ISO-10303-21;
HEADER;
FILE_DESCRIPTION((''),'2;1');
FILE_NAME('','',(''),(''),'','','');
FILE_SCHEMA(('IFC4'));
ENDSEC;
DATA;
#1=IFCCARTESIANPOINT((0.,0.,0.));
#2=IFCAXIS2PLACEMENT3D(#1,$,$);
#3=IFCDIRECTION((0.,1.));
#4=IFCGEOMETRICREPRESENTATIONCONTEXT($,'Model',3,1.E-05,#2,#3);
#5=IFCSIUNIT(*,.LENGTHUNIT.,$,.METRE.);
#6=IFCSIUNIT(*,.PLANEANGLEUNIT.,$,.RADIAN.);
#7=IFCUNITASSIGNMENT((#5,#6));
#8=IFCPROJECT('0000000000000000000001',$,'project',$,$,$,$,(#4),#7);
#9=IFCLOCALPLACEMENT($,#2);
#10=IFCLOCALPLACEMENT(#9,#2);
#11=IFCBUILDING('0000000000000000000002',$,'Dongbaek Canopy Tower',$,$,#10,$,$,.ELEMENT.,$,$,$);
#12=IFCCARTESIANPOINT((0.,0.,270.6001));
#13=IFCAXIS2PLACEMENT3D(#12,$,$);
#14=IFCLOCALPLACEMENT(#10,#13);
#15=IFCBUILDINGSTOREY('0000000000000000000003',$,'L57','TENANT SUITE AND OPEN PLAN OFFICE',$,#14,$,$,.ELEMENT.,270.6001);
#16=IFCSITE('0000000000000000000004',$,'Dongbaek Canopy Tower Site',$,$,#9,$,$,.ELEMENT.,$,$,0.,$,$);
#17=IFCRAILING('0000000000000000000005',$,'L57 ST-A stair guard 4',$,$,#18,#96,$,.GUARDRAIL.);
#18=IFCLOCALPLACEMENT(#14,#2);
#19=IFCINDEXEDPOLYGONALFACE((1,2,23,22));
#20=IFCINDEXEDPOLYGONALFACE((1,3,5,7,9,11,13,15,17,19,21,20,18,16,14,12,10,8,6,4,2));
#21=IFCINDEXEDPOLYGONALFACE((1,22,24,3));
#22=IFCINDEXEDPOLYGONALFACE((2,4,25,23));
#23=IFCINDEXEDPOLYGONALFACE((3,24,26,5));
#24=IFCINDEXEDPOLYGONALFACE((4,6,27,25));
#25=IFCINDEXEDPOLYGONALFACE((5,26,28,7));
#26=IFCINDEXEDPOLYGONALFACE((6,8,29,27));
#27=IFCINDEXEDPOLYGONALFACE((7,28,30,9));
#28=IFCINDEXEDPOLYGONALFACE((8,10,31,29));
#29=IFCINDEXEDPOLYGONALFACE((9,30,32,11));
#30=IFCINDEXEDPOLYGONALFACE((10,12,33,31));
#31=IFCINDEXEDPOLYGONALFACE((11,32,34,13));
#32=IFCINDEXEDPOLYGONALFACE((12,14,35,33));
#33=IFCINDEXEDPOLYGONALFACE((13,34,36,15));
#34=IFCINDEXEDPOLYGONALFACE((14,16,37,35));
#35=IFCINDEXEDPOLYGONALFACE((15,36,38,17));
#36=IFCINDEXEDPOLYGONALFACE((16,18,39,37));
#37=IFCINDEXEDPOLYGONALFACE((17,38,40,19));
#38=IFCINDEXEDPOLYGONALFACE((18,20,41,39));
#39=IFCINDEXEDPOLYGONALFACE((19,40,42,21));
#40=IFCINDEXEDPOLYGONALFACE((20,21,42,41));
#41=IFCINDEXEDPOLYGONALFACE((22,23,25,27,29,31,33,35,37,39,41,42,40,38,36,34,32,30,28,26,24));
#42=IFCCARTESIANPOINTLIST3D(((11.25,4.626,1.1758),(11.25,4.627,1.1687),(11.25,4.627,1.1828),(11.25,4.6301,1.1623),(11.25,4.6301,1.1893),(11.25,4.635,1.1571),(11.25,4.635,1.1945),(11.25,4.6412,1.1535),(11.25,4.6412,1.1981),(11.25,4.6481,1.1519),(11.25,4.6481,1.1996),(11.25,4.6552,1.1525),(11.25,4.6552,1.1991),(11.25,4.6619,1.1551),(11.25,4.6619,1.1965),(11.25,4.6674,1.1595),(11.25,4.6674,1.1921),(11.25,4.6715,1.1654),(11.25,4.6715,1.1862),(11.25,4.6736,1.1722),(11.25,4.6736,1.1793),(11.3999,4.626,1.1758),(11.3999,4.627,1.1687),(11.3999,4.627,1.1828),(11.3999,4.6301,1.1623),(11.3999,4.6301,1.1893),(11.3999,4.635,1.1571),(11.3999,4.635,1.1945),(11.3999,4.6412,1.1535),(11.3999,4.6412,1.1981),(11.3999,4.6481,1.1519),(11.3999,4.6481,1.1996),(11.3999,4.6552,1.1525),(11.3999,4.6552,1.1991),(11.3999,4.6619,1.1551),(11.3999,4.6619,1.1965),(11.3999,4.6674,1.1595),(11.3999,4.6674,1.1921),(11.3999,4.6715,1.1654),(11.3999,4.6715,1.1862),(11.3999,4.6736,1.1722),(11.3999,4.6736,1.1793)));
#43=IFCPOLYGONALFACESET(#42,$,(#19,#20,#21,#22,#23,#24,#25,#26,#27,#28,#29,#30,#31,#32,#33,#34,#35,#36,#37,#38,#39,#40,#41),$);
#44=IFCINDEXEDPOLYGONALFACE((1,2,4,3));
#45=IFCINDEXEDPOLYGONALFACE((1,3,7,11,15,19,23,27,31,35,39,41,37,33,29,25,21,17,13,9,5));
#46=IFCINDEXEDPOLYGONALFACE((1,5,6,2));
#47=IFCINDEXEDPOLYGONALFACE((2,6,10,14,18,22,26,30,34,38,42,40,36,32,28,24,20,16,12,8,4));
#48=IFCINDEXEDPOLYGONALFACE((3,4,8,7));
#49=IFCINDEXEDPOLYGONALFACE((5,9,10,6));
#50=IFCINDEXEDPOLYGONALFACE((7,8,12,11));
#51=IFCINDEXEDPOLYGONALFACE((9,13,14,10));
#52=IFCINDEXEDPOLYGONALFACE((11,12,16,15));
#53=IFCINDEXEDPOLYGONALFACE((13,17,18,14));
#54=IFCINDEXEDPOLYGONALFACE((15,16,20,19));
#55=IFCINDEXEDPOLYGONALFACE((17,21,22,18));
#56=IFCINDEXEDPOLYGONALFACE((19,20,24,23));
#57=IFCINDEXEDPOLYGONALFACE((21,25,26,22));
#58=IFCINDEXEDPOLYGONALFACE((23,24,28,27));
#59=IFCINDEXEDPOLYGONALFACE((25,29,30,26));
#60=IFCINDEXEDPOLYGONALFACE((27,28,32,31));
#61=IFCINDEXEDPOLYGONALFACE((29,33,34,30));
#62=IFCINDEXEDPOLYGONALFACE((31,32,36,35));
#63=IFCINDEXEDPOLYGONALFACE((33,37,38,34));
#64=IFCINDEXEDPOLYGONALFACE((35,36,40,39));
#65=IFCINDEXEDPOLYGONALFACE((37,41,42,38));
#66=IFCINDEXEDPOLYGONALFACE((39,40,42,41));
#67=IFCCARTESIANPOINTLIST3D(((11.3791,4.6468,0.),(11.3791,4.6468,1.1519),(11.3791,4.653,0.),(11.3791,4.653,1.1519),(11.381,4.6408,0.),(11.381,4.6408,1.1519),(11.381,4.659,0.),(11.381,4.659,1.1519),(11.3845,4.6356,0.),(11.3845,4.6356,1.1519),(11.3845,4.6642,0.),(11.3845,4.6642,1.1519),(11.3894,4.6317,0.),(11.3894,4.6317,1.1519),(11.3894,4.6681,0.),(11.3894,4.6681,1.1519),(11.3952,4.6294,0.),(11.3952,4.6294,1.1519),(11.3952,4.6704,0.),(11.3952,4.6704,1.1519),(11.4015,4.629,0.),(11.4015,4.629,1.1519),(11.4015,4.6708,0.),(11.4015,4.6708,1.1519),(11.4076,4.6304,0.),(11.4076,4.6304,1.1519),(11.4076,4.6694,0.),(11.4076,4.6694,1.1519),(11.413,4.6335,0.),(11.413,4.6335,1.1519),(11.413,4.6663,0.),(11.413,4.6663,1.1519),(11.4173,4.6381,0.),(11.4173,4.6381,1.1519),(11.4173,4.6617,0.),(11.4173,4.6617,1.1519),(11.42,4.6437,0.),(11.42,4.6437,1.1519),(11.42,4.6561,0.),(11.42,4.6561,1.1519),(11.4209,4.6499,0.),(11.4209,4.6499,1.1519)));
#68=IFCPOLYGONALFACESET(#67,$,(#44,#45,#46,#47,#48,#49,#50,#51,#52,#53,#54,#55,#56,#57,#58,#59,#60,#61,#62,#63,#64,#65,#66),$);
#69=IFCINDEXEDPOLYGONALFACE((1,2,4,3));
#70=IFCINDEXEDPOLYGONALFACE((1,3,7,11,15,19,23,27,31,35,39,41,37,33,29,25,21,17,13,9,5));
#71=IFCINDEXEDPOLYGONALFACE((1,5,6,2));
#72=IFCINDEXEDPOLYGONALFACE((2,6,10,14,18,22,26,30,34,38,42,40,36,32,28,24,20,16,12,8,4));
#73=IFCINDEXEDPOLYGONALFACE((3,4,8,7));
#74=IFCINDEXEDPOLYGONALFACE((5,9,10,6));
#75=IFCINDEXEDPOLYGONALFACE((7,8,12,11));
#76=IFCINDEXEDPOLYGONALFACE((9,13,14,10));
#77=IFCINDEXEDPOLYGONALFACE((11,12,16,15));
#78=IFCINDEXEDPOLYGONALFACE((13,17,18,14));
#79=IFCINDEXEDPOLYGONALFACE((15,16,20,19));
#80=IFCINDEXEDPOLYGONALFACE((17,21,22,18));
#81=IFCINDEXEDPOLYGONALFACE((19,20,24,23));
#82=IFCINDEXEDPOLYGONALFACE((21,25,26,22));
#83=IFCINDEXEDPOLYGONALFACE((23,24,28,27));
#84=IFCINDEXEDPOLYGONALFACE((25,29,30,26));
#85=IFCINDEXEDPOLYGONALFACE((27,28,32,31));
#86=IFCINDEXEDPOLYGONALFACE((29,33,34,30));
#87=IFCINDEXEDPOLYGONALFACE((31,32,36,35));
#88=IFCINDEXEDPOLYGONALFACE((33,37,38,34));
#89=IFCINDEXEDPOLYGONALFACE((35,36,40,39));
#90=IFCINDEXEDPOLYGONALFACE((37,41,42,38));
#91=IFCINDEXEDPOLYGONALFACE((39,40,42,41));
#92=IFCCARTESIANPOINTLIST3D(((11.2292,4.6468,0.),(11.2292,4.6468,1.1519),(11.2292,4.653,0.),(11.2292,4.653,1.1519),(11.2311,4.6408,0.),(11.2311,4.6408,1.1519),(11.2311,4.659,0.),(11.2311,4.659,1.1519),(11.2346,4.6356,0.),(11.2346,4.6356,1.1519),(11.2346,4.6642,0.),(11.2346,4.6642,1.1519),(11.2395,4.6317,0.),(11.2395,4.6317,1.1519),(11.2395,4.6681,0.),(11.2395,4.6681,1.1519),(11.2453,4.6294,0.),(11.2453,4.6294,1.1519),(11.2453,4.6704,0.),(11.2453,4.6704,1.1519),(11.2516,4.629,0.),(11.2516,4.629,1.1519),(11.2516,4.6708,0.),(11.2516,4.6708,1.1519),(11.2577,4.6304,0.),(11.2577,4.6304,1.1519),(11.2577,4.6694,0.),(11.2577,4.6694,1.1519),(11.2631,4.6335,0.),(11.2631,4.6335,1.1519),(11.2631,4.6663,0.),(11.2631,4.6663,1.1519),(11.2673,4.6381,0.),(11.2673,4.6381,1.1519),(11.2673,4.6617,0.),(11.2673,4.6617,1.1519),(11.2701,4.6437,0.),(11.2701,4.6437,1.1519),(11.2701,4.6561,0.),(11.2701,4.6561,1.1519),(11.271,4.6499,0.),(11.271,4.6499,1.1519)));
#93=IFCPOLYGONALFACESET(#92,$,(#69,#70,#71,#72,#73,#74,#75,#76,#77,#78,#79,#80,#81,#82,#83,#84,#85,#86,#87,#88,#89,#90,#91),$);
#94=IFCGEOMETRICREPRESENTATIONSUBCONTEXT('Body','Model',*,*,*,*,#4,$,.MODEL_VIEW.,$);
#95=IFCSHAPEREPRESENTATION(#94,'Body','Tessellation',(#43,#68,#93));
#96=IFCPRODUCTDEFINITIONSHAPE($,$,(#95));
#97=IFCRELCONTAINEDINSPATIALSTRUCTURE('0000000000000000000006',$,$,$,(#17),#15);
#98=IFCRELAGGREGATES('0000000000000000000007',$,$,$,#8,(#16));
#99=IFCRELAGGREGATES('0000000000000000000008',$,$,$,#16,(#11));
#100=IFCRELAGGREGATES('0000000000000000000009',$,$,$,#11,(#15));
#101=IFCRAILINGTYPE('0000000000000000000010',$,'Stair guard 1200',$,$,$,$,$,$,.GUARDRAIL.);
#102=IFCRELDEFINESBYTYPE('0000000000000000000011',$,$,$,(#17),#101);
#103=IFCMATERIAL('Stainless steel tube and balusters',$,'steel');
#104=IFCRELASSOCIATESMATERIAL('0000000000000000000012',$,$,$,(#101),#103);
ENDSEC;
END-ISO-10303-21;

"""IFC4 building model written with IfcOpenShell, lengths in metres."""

from ifc_helpers import new_model, si_unit, direction, frame, origin, origin_2d, place, context, subcontext, project, spatial, circle, extrude, material, type_object, element, save


model = new_model("IFC4")

# Units and contexts
model_context = context("Model", 3, precision=1e-05, world=origin(), true_north=direction((0.0, 1.0)))
body_context = subcontext(model_context, "Body", "Model", "MODEL_VIEW")
ifc_project = project(units=[si_unit("LENGTHUNIT", "METRE"), si_unit("PLANEANGLEUNIT", "RADIAN")], contexts=[model_context])

# Site, building, storey
site_placement = place(None, origin())
site = spatial("IfcSite", under=ifc_project, at=site_placement, Name="Dongbaek Canopy Tower Site", CompositionType="ELEMENT", RefElevation=0.0)
building_placement = place(site_placement, origin())
building = spatial("IfcBuilding", under=site, at=building_placement, Name="Dongbaek Canopy Tower", CompositionType="ELEMENT")
storey_placement = place(building_placement, frame((0.0, 0.0, 270.6001)))
storey = spatial("IfcBuildingStorey", under=building, at=storey_placement, Name="L57", Description="TENANT SUITE AND OPEN PLAN OFFICE", CompositionType="ELEMENT", Elevation=270.6001)

# Railing
ifc_material_1 = material(Name="Stainless steel tube and balusters", Category="steel")
railing_type_1 = type_object("IfcRailingType", Name="Stair guard 1200", PredefinedType="GUARDRAIL", material=ifc_material_1)
railing_1_placement = place(storey_placement, frame((11.3999, 4.6499, 0.0)))
element("IfcRailing", 1, at=railing_1_placement, inside=storey, type_object=railing_type_1, Name="L57 ST-A stair guard 4", PredefinedType="GUARDRAIL", context=body_context, shape_type="SweptSolid", body=[
    extrude(circle(Radius=0.0239, at=origin_2d()), frame((0.0, 0.0, 1.1758), z_axis=(-1.0, 0.0, 0.0), x_axis=(0.0, -1.0, 0.0)), (0.0, 0.0, 1.0), 0.1499),
    extrude(circle(Radius=0.021, at=origin_2d()), origin(), (0.0, 0.0, 1.0), 1.1519),
    extrude(circle(Radius=0.021, at=origin_2d()), frame((-0.1499, 0.0, 0.0)), (0.0, 0.0, 1.0), 1.1519),
])

save(model, "model.ifc")
